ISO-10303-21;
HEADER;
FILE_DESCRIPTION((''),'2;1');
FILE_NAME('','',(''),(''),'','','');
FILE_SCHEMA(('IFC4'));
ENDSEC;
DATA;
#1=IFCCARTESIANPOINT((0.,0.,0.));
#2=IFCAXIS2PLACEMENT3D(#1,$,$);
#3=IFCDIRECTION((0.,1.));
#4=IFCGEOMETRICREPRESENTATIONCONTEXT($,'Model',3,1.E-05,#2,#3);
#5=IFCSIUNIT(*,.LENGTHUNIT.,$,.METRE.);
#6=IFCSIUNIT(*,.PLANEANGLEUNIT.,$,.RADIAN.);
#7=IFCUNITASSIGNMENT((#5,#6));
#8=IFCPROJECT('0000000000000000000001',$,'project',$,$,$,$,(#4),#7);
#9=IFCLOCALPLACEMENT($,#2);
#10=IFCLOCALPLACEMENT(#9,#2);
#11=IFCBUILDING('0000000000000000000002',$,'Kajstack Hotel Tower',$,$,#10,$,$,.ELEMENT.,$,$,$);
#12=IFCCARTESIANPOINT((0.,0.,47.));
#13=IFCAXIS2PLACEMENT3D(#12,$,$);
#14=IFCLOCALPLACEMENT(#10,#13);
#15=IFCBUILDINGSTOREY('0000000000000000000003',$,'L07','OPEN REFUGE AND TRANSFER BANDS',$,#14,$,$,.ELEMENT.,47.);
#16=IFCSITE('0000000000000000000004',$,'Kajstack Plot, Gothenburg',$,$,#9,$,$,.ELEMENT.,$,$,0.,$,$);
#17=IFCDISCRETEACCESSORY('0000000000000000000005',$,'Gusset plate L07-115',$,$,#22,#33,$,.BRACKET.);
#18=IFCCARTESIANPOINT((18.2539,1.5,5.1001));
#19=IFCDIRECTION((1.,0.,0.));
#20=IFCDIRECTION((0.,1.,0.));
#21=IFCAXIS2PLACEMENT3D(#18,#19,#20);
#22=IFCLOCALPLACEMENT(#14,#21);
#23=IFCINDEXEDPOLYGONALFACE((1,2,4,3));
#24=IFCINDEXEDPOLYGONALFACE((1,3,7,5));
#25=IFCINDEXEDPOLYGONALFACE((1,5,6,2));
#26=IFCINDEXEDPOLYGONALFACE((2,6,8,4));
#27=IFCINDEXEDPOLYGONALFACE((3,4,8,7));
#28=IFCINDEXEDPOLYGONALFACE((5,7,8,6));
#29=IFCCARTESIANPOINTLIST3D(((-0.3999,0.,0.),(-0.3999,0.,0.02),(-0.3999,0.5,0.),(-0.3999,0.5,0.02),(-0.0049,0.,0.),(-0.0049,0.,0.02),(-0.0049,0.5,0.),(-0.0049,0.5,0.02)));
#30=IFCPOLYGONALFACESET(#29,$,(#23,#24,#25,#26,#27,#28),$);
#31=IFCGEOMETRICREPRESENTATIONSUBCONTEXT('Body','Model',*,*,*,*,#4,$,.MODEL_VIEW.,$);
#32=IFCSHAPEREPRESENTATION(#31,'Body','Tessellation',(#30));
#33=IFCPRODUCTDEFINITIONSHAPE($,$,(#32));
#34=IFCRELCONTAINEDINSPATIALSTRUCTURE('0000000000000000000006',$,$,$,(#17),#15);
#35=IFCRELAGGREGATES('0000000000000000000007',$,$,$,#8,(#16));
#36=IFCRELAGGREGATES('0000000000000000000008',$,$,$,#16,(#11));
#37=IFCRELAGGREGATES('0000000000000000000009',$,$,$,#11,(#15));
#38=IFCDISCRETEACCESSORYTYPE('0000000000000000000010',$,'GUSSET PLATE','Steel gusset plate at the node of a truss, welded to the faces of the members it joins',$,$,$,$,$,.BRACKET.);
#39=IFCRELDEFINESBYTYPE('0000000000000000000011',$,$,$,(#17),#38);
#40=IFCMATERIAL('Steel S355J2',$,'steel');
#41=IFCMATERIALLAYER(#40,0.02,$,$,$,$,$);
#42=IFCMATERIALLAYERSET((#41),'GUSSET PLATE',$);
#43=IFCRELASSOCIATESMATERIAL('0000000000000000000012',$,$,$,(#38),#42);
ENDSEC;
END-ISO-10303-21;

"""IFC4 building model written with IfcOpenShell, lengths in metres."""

from ifc_helpers import new_model, si_unit, direction, frame, origin, place, context, subcontext, project, spatial, polyline, outline, extrude, material, layer, layer_set, type_object, element, save


model = new_model("IFC4")

# Units and contexts
model_context = context("Model", 3, precision=1e-05, world=origin(), true_north=direction((0.0, 1.0)))
body_context = subcontext(model_context, "Body", "Model", "MODEL_VIEW")
ifc_project = project(units=[si_unit("LENGTHUNIT", "METRE"), si_unit("PLANEANGLEUNIT", "RADIAN")], contexts=[model_context])

# Site, building, storey
site_placement = place(None, origin())
site = spatial("IfcSite", under=ifc_project, at=site_placement, Name="Kajstack Plot, Gothenburg", CompositionType="ELEMENT", RefElevation=0.0)
building_placement = place(site_placement, origin())
building = spatial("IfcBuilding", under=site, at=building_placement, Name="Kajstack Hotel Tower", CompositionType="ELEMENT")
storey_placement = place(building_placement, frame((0.0, 0.0, 47.0)))
storey = spatial("IfcBuildingStorey", under=building, at=storey_placement, Name="L07", Description="OPEN REFUGE AND TRANSFER BANDS", CompositionType="ELEMENT", Elevation=47.0)

# Shared definitions
ifc_material_1 = material(Name="Steel S355J2", Category="steel")

# Discrete accessory
ifc_layer_1 = layer(ifc_material_1, 0.02)
ifc_layer_set_1 = layer_set([ifc_layer_1], Name="GUSSET PLATE")
discrete_accessory_type_1 = type_object("IfcDiscreteAccessoryType", Name="GUSSET PLATE", Description="Steel gusset plate at the node of a truss, welded to the faces of the members it joins", PredefinedType="BRACKET", material=ifc_layer_set_1)
discrete_accessory_1_placement = place(storey_placement, frame((18.2539, 1.5, 5.1001), z_axis=(1.0, 0.0, 0.0), x_axis=(0.0, 1.0, 0.0)))
element("IfcDiscreteAccessory", 1, at=discrete_accessory_1_placement, inside=storey, type_object=discrete_accessory_type_1, Name="Gusset plate L07-115", PredefinedType="BRACKET", context=body_context, shape_type="SweptSolid", body=[
    extrude(outline(polyline([(-0.3999, 0.0), (-0.0049, 0.0), (-0.0049, 0.5), (-0.3999, 0.5), (-0.3999, 0.0)])), origin(), (0.0, 0.0, 1.0), 0.02),
])

save(model, "model.ifc")
